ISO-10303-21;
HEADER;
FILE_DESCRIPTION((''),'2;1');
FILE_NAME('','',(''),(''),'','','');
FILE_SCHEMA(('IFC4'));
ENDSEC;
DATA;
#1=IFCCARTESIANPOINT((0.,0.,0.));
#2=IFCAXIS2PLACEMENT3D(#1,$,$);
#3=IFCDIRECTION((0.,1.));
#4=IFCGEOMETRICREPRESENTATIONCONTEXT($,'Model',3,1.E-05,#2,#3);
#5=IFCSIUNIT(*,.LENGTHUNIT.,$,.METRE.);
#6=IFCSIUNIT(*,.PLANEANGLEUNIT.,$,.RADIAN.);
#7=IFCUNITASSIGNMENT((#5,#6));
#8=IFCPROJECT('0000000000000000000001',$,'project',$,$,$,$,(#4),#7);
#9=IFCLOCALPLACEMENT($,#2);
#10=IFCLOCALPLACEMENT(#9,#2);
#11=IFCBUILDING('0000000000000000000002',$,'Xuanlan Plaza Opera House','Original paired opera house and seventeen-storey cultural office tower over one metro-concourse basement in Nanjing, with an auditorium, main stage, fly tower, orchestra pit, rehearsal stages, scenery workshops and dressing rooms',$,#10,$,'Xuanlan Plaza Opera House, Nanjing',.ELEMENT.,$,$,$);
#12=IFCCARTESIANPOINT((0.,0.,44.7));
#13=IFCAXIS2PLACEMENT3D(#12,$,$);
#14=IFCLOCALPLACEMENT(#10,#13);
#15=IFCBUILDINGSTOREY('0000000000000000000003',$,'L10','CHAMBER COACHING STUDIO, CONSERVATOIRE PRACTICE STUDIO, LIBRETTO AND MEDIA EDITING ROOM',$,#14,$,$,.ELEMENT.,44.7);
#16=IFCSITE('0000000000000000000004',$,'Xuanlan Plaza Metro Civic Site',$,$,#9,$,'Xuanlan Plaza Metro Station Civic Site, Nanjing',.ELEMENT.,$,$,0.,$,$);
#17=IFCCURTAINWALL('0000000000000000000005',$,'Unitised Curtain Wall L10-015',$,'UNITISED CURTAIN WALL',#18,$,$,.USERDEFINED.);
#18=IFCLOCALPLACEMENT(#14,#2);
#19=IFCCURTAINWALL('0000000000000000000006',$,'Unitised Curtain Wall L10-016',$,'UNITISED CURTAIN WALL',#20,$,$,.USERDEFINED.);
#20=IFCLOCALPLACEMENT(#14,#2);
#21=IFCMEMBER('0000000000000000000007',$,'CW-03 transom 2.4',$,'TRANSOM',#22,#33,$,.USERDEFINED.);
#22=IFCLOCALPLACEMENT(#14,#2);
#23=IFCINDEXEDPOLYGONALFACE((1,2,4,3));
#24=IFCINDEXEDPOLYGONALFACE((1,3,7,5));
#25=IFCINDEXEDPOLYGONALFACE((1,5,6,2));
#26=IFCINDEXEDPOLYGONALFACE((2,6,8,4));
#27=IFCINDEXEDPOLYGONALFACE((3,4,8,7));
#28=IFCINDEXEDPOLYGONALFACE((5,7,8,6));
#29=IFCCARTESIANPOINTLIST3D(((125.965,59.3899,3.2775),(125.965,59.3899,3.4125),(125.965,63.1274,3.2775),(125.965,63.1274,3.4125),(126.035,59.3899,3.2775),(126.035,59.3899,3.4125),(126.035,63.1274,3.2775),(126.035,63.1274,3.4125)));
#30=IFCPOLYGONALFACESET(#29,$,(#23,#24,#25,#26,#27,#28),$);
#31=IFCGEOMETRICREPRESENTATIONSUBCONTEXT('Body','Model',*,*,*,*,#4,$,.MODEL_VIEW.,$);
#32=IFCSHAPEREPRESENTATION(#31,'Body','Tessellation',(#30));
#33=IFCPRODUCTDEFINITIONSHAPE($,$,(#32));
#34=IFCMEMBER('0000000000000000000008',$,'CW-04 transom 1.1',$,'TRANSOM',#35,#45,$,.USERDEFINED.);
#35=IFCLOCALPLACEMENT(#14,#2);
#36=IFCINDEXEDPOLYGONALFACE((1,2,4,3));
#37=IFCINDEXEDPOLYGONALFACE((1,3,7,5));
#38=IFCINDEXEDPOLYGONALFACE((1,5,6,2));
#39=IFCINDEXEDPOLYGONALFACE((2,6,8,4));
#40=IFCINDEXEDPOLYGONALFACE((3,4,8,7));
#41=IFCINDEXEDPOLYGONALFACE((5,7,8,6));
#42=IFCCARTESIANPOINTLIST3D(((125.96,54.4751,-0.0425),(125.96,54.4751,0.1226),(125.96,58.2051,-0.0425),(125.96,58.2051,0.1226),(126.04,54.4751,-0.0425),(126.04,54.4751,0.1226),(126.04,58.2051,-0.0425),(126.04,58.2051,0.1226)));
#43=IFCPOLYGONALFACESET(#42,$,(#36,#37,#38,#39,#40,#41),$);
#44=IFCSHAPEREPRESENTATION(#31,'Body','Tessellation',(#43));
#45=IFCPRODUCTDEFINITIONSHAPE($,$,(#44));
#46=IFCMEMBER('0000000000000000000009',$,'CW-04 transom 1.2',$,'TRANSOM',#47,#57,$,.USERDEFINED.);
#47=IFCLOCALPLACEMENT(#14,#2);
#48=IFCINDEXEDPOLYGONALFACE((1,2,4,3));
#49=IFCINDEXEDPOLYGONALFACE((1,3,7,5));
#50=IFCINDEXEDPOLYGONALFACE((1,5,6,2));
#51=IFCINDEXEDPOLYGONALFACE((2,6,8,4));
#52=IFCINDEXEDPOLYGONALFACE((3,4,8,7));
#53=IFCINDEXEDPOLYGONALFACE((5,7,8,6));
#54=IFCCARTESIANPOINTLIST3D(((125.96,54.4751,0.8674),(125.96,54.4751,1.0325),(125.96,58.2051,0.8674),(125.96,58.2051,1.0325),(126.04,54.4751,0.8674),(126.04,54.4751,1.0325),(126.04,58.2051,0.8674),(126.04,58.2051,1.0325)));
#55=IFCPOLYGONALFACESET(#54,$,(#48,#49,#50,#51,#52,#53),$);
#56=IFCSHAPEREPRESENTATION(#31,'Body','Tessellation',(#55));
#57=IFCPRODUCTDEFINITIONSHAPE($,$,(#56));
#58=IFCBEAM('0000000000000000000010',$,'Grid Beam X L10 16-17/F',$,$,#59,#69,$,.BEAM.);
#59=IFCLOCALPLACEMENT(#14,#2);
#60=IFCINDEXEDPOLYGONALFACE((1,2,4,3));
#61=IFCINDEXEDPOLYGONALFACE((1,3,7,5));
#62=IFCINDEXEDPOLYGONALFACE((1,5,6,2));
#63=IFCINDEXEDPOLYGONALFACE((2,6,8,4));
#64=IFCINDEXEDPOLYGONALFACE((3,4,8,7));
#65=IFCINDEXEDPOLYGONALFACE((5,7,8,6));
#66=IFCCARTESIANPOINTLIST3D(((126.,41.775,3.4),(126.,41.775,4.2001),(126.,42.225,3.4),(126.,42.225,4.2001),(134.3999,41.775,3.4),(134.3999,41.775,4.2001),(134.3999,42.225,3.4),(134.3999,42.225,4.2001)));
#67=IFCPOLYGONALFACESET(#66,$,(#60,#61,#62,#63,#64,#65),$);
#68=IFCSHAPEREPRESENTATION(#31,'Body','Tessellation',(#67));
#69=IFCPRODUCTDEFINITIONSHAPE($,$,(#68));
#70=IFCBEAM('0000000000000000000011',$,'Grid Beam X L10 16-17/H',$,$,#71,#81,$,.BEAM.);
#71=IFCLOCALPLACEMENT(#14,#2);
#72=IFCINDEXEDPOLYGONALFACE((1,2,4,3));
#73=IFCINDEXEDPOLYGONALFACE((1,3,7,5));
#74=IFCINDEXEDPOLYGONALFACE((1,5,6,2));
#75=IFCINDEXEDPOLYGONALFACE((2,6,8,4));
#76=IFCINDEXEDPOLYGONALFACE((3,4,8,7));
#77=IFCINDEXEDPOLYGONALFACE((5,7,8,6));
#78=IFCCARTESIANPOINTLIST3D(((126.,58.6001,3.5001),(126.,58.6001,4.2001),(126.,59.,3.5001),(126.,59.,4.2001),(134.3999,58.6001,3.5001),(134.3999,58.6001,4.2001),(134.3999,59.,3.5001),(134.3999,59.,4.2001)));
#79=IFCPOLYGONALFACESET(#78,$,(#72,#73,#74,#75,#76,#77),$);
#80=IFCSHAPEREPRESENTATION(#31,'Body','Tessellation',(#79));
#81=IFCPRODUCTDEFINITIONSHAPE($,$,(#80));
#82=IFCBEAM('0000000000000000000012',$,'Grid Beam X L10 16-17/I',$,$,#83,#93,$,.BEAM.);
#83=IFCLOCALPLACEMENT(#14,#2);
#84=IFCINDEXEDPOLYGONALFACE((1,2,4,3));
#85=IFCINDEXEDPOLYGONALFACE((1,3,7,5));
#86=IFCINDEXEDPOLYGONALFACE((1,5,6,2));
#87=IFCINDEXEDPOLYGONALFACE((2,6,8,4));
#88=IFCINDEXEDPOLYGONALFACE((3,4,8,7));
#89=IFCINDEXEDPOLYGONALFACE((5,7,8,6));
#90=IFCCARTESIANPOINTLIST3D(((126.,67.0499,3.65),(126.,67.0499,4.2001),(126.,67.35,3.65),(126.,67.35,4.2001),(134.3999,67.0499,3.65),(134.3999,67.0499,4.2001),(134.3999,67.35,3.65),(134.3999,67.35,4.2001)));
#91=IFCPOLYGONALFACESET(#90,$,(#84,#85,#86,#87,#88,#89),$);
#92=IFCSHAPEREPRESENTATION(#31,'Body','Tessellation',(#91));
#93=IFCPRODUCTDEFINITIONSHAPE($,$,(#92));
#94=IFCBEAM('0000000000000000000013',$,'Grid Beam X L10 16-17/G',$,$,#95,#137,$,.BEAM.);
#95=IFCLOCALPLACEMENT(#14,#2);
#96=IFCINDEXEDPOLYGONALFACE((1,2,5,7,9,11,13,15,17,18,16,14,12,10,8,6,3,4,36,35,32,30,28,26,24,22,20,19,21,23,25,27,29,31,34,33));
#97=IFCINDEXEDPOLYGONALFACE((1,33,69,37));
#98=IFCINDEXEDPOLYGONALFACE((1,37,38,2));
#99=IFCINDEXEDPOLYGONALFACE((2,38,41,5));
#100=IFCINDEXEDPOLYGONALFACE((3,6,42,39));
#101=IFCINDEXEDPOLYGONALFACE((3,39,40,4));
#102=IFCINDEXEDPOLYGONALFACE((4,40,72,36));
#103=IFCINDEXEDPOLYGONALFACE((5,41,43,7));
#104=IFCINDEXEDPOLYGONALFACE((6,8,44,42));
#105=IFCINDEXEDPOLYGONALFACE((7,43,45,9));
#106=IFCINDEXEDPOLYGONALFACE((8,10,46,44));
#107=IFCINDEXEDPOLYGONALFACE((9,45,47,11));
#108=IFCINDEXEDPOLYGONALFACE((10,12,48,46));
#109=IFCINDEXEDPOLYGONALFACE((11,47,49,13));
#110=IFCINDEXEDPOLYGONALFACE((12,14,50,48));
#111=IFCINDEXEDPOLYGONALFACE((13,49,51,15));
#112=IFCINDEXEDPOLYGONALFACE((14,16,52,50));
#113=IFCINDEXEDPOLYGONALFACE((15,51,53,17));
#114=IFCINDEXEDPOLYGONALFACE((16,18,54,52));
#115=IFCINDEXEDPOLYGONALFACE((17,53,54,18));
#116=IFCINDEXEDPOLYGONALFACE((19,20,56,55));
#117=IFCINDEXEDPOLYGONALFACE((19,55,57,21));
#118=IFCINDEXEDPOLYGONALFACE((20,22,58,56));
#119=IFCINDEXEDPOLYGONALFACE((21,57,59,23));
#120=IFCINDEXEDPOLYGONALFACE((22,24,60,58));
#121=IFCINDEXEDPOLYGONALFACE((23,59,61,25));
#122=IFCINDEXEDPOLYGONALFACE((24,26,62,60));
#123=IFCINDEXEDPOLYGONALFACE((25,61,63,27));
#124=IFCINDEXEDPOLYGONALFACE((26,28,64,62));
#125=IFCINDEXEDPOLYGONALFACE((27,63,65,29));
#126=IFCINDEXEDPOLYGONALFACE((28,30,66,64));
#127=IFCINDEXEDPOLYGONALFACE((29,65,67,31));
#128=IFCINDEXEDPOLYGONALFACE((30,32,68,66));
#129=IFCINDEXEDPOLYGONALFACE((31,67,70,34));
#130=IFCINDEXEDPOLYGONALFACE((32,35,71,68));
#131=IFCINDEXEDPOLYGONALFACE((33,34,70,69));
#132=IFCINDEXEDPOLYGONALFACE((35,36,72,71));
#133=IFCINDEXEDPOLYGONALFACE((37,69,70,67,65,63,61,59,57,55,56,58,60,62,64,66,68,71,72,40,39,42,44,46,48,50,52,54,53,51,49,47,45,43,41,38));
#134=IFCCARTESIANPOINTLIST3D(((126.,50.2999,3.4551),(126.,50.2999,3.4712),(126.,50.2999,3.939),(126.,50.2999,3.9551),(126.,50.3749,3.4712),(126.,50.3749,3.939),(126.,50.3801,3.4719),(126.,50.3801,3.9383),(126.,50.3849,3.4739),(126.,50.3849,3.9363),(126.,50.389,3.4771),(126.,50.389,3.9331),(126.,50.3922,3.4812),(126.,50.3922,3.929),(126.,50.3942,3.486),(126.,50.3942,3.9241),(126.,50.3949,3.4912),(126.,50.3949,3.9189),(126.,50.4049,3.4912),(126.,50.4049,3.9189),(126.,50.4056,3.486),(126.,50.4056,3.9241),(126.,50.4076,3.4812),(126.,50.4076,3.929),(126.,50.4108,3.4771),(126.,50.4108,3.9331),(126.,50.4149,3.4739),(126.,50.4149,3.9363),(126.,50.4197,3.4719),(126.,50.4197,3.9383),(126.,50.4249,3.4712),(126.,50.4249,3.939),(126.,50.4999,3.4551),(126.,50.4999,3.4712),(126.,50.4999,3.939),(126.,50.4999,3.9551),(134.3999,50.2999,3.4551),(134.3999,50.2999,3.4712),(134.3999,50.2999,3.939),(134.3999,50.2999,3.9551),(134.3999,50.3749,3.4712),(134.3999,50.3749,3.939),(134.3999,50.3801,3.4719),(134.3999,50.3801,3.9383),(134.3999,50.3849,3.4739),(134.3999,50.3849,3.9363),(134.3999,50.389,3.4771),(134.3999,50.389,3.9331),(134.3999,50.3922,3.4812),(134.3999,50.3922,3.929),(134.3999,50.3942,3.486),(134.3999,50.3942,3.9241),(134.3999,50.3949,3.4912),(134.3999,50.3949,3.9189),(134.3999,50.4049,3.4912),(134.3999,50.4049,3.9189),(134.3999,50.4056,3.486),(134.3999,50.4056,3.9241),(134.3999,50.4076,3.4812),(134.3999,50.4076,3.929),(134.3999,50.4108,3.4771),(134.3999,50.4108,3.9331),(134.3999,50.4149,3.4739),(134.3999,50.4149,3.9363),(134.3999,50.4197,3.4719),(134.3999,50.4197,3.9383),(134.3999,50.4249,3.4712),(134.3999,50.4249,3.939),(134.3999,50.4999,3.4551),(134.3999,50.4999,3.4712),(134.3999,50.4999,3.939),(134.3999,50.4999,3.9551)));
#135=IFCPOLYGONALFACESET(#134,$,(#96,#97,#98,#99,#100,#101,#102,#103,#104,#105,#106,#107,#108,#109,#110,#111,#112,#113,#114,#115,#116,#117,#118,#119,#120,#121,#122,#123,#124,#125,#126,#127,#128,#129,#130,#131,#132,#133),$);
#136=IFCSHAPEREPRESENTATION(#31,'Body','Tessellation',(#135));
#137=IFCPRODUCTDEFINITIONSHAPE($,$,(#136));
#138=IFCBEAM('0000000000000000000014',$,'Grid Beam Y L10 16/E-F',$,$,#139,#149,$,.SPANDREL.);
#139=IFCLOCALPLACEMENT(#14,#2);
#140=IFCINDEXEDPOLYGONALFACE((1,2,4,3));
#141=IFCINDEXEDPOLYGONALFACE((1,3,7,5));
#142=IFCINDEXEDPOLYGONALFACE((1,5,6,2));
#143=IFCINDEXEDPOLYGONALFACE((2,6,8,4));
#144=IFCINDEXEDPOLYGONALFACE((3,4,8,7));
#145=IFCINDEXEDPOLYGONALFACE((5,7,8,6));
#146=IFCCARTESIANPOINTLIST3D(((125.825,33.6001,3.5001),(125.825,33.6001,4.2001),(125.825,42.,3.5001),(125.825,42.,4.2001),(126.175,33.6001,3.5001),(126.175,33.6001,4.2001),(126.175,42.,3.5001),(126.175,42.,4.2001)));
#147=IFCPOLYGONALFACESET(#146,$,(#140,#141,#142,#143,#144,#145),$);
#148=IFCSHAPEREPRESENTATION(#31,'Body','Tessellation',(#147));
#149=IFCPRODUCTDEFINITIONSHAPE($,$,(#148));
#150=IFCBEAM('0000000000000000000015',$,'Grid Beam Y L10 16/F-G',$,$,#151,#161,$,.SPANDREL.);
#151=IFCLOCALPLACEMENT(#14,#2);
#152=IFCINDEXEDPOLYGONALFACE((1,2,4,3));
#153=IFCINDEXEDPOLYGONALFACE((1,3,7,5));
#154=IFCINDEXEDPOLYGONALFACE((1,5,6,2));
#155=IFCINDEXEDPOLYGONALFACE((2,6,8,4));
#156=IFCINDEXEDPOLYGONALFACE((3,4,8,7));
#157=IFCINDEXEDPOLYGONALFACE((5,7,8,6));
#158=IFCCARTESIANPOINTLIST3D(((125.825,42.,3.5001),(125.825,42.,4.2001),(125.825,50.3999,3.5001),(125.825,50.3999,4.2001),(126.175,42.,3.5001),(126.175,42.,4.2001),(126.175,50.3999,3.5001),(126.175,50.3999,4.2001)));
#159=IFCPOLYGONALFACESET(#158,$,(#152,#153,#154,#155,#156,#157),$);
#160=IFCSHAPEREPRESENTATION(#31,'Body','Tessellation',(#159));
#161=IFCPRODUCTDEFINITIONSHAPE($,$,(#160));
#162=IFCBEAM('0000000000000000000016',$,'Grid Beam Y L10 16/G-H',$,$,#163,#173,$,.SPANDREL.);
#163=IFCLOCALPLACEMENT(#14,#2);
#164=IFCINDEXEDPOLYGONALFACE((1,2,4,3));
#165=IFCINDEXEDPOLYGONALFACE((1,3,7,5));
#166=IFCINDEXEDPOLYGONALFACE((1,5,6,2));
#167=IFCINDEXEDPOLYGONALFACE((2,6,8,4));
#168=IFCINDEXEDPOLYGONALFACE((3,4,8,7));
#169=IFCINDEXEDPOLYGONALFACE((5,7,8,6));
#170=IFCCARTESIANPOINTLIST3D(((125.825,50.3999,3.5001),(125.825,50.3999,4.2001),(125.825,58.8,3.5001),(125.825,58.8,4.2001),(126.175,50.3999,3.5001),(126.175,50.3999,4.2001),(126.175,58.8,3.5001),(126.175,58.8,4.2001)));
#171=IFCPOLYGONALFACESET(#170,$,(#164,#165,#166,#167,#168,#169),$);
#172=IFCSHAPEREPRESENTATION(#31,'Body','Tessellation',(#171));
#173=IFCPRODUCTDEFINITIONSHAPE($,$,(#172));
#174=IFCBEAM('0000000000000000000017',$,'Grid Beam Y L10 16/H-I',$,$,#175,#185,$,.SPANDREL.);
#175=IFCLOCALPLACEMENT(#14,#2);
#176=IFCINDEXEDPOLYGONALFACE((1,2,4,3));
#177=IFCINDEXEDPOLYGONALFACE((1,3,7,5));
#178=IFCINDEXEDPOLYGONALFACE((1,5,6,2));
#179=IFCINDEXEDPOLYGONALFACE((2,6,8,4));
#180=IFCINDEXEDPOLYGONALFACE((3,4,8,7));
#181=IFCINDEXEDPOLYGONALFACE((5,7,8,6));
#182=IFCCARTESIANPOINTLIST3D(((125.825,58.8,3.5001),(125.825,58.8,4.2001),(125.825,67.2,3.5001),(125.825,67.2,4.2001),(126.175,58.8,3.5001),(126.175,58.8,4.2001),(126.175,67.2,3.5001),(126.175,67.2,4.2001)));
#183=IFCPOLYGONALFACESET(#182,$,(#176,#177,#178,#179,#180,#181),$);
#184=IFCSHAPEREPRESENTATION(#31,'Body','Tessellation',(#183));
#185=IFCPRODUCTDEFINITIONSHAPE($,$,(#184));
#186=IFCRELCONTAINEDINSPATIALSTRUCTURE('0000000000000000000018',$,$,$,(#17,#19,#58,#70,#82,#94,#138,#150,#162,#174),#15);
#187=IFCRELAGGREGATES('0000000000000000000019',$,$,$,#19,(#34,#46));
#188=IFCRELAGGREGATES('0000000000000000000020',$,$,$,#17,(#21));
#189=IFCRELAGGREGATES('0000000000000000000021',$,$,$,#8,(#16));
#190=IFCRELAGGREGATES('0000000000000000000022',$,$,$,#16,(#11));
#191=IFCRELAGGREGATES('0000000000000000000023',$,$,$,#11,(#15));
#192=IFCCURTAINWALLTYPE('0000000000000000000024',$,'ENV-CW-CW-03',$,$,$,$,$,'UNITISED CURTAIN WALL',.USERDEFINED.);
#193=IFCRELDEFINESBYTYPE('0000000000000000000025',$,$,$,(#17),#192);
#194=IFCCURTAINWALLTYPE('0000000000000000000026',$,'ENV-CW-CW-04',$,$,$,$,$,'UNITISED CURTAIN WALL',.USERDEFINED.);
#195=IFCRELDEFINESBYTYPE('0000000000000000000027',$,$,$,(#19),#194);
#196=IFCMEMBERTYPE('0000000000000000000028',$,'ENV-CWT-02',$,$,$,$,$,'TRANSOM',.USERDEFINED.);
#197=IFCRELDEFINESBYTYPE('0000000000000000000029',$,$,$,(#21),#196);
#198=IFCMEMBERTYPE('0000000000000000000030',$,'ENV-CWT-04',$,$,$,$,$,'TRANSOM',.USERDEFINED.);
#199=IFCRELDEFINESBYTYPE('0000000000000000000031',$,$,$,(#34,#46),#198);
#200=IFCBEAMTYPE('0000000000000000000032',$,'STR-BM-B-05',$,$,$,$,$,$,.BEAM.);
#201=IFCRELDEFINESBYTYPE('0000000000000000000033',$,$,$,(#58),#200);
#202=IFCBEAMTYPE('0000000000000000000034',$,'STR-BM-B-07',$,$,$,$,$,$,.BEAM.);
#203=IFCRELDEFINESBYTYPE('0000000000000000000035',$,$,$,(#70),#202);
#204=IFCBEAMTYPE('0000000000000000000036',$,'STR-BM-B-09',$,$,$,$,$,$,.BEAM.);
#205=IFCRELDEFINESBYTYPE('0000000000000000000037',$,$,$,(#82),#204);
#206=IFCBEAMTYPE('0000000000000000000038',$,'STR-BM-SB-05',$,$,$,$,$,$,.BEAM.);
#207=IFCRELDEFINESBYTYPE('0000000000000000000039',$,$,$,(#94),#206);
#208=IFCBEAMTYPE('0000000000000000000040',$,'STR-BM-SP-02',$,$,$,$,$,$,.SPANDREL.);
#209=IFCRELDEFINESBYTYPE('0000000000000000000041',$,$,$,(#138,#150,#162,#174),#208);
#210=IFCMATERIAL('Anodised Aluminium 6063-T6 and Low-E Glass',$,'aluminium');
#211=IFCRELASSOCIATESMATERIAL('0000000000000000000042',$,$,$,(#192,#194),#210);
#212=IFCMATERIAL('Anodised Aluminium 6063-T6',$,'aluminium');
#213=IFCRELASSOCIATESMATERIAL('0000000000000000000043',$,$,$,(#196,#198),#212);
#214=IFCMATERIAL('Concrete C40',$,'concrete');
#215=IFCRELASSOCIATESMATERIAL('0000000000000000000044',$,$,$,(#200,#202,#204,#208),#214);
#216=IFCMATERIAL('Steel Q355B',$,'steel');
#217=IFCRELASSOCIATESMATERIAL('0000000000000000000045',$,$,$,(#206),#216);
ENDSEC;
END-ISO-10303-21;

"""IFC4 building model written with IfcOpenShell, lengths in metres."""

from ifc_helpers import new_model, si_unit, direction, frame, origin, origin_2d, place, context, subcontext, project, spatial, rectangle, i_section, extrude, material, material_profile, profile_set, type_object, element, aggregate, save


model = new_model("IFC4")

# Units and contexts
model_context = context("Model", 3, precision=1e-05, world=origin(), true_north=direction((0.0, 1.0)))
body_context = subcontext(model_context, "Body", "Model", "MODEL_VIEW")
ifc_project = project(units=[si_unit("LENGTHUNIT", "METRE"), si_unit("PLANEANGLEUNIT", "RADIAN")], contexts=[model_context])

# Site, building, storey
site_placement = place(None, origin())
site = spatial("IfcSite", under=ifc_project, at=site_placement, Name="Xuanlan Plaza Metro Civic Site", LongName="Xuanlan Plaza Metro Station Civic Site, Nanjing", CompositionType="ELEMENT", RefElevation=0.0)
building_placement = place(site_placement, origin())
building = spatial("IfcBuilding", under=site, at=building_placement, Name="Xuanlan Plaza Opera House", Description="Original paired opera house and seventeen-storey cultural office tower over one metro-concourse basement in Nanjing, with an auditorium, main stage, fly tower, orchestra pit, rehearsal stages, scenery workshops and dressing rooms", LongName="Xuanlan Plaza Opera House, Nanjing", CompositionType="ELEMENT")
storey_placement = place(building_placement, frame((0.0, 0.0, 44.7)))
storey = spatial("IfcBuildingStorey", under=building, at=storey_placement, Name="L10", Description="CHAMBER COACHING STUDIO, CONSERVATOIRE PRACTICE STUDIO, LIBRETTO AND MEDIA EDITING ROOM", CompositionType="ELEMENT", Elevation=44.7)

# Shared definitions
ifc_material_1 = material(Name="Anodised Aluminium 6063-T6 and Low-E Glass", Category="aluminium")
ifc_material_2 = material(Name="Anodised Aluminium 6063-T6", Category="aluminium")

# Curtain walls
curtain_wall_type_1 = type_object("IfcCurtainWallType", Name="ENV-CW-CW-03", ElementType="UNITISED CURTAIN WALL", PredefinedType="USERDEFINED", material=ifc_material_1)
curtain_wall_1_placement = place(storey_placement, origin())
curtain_wall_1 = element("IfcCurtainWall", 1, at=curtain_wall_1_placement, inside=storey, type_object=curtain_wall_type_1, Name="Unitised Curtain Wall L10-015", ObjectType="UNITISED CURTAIN WALL", PredefinedType="USERDEFINED")
curtain_wall_type_2 = type_object("IfcCurtainWallType", Name="ENV-CW-CW-04", ElementType="UNITISED CURTAIN WALL", PredefinedType="USERDEFINED", material=ifc_material_1)
curtain_wall_2_placement = place(storey_placement, origin())
curtain_wall_2 = element("IfcCurtainWall", 2, at=curtain_wall_2_placement, inside=storey, type_object=curtain_wall_type_2, Name="Unitised Curtain Wall L10-016", ObjectType="UNITISED CURTAIN WALL", PredefinedType="USERDEFINED")

# Members
ifc_material_profile_1 = material_profile(ifc_material_2, rectangle(XDim=0.0701, YDim=0.135, at=origin_2d()), Name="ALU-T 70x135")
ifc_profile_set_1 = profile_set([ifc_material_profile_1], Name="Anodised Aluminium 6063-T6")
member_type_1 = type_object("IfcMemberType", Name="ENV-CWT-02", ElementType="TRANSOM", PredefinedType="USERDEFINED", material=ifc_profile_set_1)
member_1_placement = place(storey_placement, frame((126.0, 63.1274, 3.345), z_axis=(0.0, -1.0, 0.0), x_axis=(1.0, 0.0, 0.0)))
member_1 = element("IfcMember", 3, at=member_1_placement, type_object=member_type_1, Name="CW-03 transom 2.4", ObjectType="TRANSOM", PredefinedType="USERDEFINED", context=body_context, shape_type="SweptSolid", body=[
    extrude(rectangle(XDim=0.0701, YDim=0.135, at=origin_2d()), origin(), (0.0, 0.0, 1.0), 3.7375),
])
ifc_material_profile_2 = material_profile(ifc_material_2, rectangle(XDim=0.0801, YDim=0.165, at=origin_2d()), Name="ALU-T 80x165")
ifc_profile_set_2 = profile_set([ifc_material_profile_2], Name="Anodised Aluminium 6063-T6")
member_type_2 = type_object("IfcMemberType", Name="ENV-CWT-04", ElementType="TRANSOM", PredefinedType="USERDEFINED", material=ifc_profile_set_2)
member_2_placement = place(storey_placement, frame((126.0, 58.2051, 0.04), z_axis=(0.0, -1.0, 0.0), x_axis=(1.0, 0.0, 0.0)))
member_2 = element("IfcMember", 4, at=member_2_placement, type_object=member_type_2, Name="CW-04 transom 1.1", ObjectType="TRANSOM", PredefinedType="USERDEFINED", context=body_context, shape_type="SweptSolid", body=[
    extrude(rectangle(XDim=0.0801, YDim=0.165, at=origin_2d()), origin(), (0.0, 0.0, 1.0), 3.73),
])
member_3_placement = place(storey_placement, frame((126.0, 58.2051, 0.95), z_axis=(0.0, -1.0, 0.0), x_axis=(1.0, 0.0, 0.0)))
member_3 = element("IfcMember", 5, at=member_3_placement, type_object=member_type_2, Name="CW-04 transom 1.2", ObjectType="TRANSOM", PredefinedType="USERDEFINED", context=body_context, shape_type="SweptSolid", body=[
    extrude(rectangle(XDim=0.0801, YDim=0.165, at=origin_2d()), origin(), (0.0, 0.0, 1.0), 3.73),
])
aggregate(curtain_wall_2, [member_2, member_3])

# Beams
ifc_material_3 = material(Name="Concrete C40", Category="concrete")
ifc_material_profile_3 = material_profile(ifc_material_3, rectangle(XDim=0.45, YDim=0.8, at=origin_2d()), Name="RC-BM 450x800")
ifc_profile_set_3 = profile_set([ifc_material_profile_3], Name="Concrete C40")
beam_type_1 = type_object("IfcBeamType", Name="STR-BM-B-05", PredefinedType="BEAM", material=ifc_profile_set_3)
beam_1_placement = place(storey_placement, frame((126.0, 42.0, 3.8), z_axis=(1.0, 0.0, 0.0), x_axis=(0.0, 1.0, 0.0)))
element("IfcBeam", 6, at=beam_1_placement, inside=storey, type_object=beam_type_1, Name="Grid Beam X L10 16-17/F", PredefinedType="BEAM", context=body_context, shape_type="SweptSolid", body=[
    extrude(rectangle(XDim=0.45, YDim=0.8, at=origin_2d()), origin(), (0.0, 0.0, 1.0), 8.3999),
])
ifc_material_profile_4 = material_profile(ifc_material_3, rectangle(XDim=0.3999, YDim=0.7, at=origin_2d()), Name="RC-BM 400x700")
ifc_profile_set_4 = profile_set([ifc_material_profile_4], Name="Concrete C40")
beam_type_2 = type_object("IfcBeamType", Name="STR-BM-B-07", PredefinedType="BEAM", material=ifc_profile_set_4)
beam_2_placement = place(storey_placement, frame((126.0, 58.8, 3.8501), z_axis=(1.0, 0.0, 0.0), x_axis=(0.0, 1.0, 0.0)))
element("IfcBeam", 7, at=beam_2_placement, inside=storey, type_object=beam_type_2, Name="Grid Beam X L10 16-17/H", PredefinedType="BEAM", context=body_context, shape_type="SweptSolid", body=[
    extrude(rectangle(XDim=0.3999, YDim=0.7, at=origin_2d()), origin(), (0.0, 0.0, 1.0), 8.3999),
])
ifc_material_profile_5 = material_profile(ifc_material_3, rectangle(XDim=0.3, YDim=0.55, at=origin_2d()), Name="RC-BM 300x550")
ifc_profile_set_5 = profile_set([ifc_material_profile_5], Name="Concrete C40")
beam_type_3 = type_object("IfcBeamType", Name="STR-BM-B-09", PredefinedType="BEAM", material=ifc_profile_set_5)
beam_3_placement = place(storey_placement, frame((126.0, 67.2, 3.925), z_axis=(1.0, 0.0, 0.0), x_axis=(0.0, 1.0, 0.0)))
element("IfcBeam", 8, at=beam_3_placement, inside=storey, type_object=beam_type_3, Name="Grid Beam X L10 16-17/I", PredefinedType="BEAM", context=body_context, shape_type="SweptSolid", body=[
    extrude(rectangle(XDim=0.3, YDim=0.55, at=origin_2d()), origin(), (0.0, 0.0, 1.0), 8.3999),
])
ifc_material_4 = material(Name="Steel Q355B", Category="steel")
ifc_material_profile_6 = material_profile(ifc_material_4, i_section(OverallWidth=0.2, OverallDepth=0.5, WebThickness=0.01, FlangeThickness=0.0161, FilletRadius=0.02, at=origin_2d()), Name="HN 500x200x10x16")
ifc_profile_set_6 = profile_set([ifc_material_profile_6], Name="Steel Q355B")
beam_type_4 = type_object("IfcBeamType", Name="STR-BM-SB-05", PredefinedType="BEAM", material=ifc_profile_set_6)
beam_4_placement = place(storey_placement, frame((126.0, 50.3999, 3.7051), z_axis=(1.0, 0.0, 0.0), x_axis=(0.0, 1.0, 0.0)))
element("IfcBeam", 9, at=beam_4_placement, inside=storey, type_object=beam_type_4, Name="Grid Beam X L10 16-17/G", PredefinedType="BEAM", context=body_context, shape_type="SweptSolid", body=[
    extrude(i_section(OverallWidth=0.2, OverallDepth=0.5, WebThickness=0.01, FlangeThickness=0.0161, FilletRadius=0.02, at=origin_2d()), origin(), (0.0, 0.0, 1.0), 8.3999),
])
ifc_material_profile_7 = material_profile(ifc_material_3, rectangle(XDim=0.3501, YDim=0.7, at=origin_2d()), Name="RC-SPD 350x700")
ifc_profile_set_7 = profile_set([ifc_material_profile_7], Name="Concrete C40")
beam_type_5 = type_object("IfcBeamType", Name="STR-BM-SP-02", PredefinedType="SPANDREL", material=ifc_profile_set_7)
for number, where, z_axis, x_axis, name in (
    (10, (126.0, 33.6001, 3.8501), (0.0, 1.0, 0.0), (-1.0, 0.0, 0.0), "Grid Beam Y L10 16/E-F"),
    (11, (126.0, 42.0, 3.8501), (0.0, 1.0, 0.0), (-1.0, 0.0, 0.0), "Grid Beam Y L10 16/F-G"),
):
    element("IfcBeam", number, at=place(storey_placement, frame(where, z_axis=z_axis, x_axis=x_axis)), inside=storey, type_object=beam_type_5, Name=name, PredefinedType="SPANDREL", context=body_context, shape_type="SweptSolid", body=[
        extrude(rectangle(XDim=0.3501, YDim=0.7, at=origin_2d()), origin(), (0.0, 0.0, 1.0), 8.3999),
    ])
beam_5_placement = place(storey_placement, frame((126.0, 50.3999, 3.8501), z_axis=(0.0, 1.0, 0.0), x_axis=(-1.0, 0.0, 0.0)))
element("IfcBeam", 12, at=beam_5_placement, inside=storey, type_object=beam_type_5, Name="Grid Beam Y L10 16/G-H", PredefinedType="SPANDREL", context=body_context, shape_type="SweptSolid", body=[
    extrude(rectangle(XDim=0.3501, YDim=0.7, at=origin_2d()), origin(), (0.0, 0.0, 1.0), 8.4001),
])
beam_6_placement = place(storey_placement, frame((126.0, 58.8, 3.8501), z_axis=(0.0, 1.0, 0.0), x_axis=(-1.0, 0.0, 0.0)))
element("IfcBeam", 13, at=beam_6_placement, inside=storey, type_object=beam_type_5, Name="Grid Beam Y L10 16/H-I", PredefinedType="SPANDREL", context=body_context, shape_type="SweptSolid", body=[
    extrude(rectangle(XDim=0.3501, YDim=0.7, at=origin_2d()), origin(), (0.0, 0.0, 1.0), 8.3999),
])

aggregate(curtain_wall_1, [member_1])

save(model, "model.ifc")
